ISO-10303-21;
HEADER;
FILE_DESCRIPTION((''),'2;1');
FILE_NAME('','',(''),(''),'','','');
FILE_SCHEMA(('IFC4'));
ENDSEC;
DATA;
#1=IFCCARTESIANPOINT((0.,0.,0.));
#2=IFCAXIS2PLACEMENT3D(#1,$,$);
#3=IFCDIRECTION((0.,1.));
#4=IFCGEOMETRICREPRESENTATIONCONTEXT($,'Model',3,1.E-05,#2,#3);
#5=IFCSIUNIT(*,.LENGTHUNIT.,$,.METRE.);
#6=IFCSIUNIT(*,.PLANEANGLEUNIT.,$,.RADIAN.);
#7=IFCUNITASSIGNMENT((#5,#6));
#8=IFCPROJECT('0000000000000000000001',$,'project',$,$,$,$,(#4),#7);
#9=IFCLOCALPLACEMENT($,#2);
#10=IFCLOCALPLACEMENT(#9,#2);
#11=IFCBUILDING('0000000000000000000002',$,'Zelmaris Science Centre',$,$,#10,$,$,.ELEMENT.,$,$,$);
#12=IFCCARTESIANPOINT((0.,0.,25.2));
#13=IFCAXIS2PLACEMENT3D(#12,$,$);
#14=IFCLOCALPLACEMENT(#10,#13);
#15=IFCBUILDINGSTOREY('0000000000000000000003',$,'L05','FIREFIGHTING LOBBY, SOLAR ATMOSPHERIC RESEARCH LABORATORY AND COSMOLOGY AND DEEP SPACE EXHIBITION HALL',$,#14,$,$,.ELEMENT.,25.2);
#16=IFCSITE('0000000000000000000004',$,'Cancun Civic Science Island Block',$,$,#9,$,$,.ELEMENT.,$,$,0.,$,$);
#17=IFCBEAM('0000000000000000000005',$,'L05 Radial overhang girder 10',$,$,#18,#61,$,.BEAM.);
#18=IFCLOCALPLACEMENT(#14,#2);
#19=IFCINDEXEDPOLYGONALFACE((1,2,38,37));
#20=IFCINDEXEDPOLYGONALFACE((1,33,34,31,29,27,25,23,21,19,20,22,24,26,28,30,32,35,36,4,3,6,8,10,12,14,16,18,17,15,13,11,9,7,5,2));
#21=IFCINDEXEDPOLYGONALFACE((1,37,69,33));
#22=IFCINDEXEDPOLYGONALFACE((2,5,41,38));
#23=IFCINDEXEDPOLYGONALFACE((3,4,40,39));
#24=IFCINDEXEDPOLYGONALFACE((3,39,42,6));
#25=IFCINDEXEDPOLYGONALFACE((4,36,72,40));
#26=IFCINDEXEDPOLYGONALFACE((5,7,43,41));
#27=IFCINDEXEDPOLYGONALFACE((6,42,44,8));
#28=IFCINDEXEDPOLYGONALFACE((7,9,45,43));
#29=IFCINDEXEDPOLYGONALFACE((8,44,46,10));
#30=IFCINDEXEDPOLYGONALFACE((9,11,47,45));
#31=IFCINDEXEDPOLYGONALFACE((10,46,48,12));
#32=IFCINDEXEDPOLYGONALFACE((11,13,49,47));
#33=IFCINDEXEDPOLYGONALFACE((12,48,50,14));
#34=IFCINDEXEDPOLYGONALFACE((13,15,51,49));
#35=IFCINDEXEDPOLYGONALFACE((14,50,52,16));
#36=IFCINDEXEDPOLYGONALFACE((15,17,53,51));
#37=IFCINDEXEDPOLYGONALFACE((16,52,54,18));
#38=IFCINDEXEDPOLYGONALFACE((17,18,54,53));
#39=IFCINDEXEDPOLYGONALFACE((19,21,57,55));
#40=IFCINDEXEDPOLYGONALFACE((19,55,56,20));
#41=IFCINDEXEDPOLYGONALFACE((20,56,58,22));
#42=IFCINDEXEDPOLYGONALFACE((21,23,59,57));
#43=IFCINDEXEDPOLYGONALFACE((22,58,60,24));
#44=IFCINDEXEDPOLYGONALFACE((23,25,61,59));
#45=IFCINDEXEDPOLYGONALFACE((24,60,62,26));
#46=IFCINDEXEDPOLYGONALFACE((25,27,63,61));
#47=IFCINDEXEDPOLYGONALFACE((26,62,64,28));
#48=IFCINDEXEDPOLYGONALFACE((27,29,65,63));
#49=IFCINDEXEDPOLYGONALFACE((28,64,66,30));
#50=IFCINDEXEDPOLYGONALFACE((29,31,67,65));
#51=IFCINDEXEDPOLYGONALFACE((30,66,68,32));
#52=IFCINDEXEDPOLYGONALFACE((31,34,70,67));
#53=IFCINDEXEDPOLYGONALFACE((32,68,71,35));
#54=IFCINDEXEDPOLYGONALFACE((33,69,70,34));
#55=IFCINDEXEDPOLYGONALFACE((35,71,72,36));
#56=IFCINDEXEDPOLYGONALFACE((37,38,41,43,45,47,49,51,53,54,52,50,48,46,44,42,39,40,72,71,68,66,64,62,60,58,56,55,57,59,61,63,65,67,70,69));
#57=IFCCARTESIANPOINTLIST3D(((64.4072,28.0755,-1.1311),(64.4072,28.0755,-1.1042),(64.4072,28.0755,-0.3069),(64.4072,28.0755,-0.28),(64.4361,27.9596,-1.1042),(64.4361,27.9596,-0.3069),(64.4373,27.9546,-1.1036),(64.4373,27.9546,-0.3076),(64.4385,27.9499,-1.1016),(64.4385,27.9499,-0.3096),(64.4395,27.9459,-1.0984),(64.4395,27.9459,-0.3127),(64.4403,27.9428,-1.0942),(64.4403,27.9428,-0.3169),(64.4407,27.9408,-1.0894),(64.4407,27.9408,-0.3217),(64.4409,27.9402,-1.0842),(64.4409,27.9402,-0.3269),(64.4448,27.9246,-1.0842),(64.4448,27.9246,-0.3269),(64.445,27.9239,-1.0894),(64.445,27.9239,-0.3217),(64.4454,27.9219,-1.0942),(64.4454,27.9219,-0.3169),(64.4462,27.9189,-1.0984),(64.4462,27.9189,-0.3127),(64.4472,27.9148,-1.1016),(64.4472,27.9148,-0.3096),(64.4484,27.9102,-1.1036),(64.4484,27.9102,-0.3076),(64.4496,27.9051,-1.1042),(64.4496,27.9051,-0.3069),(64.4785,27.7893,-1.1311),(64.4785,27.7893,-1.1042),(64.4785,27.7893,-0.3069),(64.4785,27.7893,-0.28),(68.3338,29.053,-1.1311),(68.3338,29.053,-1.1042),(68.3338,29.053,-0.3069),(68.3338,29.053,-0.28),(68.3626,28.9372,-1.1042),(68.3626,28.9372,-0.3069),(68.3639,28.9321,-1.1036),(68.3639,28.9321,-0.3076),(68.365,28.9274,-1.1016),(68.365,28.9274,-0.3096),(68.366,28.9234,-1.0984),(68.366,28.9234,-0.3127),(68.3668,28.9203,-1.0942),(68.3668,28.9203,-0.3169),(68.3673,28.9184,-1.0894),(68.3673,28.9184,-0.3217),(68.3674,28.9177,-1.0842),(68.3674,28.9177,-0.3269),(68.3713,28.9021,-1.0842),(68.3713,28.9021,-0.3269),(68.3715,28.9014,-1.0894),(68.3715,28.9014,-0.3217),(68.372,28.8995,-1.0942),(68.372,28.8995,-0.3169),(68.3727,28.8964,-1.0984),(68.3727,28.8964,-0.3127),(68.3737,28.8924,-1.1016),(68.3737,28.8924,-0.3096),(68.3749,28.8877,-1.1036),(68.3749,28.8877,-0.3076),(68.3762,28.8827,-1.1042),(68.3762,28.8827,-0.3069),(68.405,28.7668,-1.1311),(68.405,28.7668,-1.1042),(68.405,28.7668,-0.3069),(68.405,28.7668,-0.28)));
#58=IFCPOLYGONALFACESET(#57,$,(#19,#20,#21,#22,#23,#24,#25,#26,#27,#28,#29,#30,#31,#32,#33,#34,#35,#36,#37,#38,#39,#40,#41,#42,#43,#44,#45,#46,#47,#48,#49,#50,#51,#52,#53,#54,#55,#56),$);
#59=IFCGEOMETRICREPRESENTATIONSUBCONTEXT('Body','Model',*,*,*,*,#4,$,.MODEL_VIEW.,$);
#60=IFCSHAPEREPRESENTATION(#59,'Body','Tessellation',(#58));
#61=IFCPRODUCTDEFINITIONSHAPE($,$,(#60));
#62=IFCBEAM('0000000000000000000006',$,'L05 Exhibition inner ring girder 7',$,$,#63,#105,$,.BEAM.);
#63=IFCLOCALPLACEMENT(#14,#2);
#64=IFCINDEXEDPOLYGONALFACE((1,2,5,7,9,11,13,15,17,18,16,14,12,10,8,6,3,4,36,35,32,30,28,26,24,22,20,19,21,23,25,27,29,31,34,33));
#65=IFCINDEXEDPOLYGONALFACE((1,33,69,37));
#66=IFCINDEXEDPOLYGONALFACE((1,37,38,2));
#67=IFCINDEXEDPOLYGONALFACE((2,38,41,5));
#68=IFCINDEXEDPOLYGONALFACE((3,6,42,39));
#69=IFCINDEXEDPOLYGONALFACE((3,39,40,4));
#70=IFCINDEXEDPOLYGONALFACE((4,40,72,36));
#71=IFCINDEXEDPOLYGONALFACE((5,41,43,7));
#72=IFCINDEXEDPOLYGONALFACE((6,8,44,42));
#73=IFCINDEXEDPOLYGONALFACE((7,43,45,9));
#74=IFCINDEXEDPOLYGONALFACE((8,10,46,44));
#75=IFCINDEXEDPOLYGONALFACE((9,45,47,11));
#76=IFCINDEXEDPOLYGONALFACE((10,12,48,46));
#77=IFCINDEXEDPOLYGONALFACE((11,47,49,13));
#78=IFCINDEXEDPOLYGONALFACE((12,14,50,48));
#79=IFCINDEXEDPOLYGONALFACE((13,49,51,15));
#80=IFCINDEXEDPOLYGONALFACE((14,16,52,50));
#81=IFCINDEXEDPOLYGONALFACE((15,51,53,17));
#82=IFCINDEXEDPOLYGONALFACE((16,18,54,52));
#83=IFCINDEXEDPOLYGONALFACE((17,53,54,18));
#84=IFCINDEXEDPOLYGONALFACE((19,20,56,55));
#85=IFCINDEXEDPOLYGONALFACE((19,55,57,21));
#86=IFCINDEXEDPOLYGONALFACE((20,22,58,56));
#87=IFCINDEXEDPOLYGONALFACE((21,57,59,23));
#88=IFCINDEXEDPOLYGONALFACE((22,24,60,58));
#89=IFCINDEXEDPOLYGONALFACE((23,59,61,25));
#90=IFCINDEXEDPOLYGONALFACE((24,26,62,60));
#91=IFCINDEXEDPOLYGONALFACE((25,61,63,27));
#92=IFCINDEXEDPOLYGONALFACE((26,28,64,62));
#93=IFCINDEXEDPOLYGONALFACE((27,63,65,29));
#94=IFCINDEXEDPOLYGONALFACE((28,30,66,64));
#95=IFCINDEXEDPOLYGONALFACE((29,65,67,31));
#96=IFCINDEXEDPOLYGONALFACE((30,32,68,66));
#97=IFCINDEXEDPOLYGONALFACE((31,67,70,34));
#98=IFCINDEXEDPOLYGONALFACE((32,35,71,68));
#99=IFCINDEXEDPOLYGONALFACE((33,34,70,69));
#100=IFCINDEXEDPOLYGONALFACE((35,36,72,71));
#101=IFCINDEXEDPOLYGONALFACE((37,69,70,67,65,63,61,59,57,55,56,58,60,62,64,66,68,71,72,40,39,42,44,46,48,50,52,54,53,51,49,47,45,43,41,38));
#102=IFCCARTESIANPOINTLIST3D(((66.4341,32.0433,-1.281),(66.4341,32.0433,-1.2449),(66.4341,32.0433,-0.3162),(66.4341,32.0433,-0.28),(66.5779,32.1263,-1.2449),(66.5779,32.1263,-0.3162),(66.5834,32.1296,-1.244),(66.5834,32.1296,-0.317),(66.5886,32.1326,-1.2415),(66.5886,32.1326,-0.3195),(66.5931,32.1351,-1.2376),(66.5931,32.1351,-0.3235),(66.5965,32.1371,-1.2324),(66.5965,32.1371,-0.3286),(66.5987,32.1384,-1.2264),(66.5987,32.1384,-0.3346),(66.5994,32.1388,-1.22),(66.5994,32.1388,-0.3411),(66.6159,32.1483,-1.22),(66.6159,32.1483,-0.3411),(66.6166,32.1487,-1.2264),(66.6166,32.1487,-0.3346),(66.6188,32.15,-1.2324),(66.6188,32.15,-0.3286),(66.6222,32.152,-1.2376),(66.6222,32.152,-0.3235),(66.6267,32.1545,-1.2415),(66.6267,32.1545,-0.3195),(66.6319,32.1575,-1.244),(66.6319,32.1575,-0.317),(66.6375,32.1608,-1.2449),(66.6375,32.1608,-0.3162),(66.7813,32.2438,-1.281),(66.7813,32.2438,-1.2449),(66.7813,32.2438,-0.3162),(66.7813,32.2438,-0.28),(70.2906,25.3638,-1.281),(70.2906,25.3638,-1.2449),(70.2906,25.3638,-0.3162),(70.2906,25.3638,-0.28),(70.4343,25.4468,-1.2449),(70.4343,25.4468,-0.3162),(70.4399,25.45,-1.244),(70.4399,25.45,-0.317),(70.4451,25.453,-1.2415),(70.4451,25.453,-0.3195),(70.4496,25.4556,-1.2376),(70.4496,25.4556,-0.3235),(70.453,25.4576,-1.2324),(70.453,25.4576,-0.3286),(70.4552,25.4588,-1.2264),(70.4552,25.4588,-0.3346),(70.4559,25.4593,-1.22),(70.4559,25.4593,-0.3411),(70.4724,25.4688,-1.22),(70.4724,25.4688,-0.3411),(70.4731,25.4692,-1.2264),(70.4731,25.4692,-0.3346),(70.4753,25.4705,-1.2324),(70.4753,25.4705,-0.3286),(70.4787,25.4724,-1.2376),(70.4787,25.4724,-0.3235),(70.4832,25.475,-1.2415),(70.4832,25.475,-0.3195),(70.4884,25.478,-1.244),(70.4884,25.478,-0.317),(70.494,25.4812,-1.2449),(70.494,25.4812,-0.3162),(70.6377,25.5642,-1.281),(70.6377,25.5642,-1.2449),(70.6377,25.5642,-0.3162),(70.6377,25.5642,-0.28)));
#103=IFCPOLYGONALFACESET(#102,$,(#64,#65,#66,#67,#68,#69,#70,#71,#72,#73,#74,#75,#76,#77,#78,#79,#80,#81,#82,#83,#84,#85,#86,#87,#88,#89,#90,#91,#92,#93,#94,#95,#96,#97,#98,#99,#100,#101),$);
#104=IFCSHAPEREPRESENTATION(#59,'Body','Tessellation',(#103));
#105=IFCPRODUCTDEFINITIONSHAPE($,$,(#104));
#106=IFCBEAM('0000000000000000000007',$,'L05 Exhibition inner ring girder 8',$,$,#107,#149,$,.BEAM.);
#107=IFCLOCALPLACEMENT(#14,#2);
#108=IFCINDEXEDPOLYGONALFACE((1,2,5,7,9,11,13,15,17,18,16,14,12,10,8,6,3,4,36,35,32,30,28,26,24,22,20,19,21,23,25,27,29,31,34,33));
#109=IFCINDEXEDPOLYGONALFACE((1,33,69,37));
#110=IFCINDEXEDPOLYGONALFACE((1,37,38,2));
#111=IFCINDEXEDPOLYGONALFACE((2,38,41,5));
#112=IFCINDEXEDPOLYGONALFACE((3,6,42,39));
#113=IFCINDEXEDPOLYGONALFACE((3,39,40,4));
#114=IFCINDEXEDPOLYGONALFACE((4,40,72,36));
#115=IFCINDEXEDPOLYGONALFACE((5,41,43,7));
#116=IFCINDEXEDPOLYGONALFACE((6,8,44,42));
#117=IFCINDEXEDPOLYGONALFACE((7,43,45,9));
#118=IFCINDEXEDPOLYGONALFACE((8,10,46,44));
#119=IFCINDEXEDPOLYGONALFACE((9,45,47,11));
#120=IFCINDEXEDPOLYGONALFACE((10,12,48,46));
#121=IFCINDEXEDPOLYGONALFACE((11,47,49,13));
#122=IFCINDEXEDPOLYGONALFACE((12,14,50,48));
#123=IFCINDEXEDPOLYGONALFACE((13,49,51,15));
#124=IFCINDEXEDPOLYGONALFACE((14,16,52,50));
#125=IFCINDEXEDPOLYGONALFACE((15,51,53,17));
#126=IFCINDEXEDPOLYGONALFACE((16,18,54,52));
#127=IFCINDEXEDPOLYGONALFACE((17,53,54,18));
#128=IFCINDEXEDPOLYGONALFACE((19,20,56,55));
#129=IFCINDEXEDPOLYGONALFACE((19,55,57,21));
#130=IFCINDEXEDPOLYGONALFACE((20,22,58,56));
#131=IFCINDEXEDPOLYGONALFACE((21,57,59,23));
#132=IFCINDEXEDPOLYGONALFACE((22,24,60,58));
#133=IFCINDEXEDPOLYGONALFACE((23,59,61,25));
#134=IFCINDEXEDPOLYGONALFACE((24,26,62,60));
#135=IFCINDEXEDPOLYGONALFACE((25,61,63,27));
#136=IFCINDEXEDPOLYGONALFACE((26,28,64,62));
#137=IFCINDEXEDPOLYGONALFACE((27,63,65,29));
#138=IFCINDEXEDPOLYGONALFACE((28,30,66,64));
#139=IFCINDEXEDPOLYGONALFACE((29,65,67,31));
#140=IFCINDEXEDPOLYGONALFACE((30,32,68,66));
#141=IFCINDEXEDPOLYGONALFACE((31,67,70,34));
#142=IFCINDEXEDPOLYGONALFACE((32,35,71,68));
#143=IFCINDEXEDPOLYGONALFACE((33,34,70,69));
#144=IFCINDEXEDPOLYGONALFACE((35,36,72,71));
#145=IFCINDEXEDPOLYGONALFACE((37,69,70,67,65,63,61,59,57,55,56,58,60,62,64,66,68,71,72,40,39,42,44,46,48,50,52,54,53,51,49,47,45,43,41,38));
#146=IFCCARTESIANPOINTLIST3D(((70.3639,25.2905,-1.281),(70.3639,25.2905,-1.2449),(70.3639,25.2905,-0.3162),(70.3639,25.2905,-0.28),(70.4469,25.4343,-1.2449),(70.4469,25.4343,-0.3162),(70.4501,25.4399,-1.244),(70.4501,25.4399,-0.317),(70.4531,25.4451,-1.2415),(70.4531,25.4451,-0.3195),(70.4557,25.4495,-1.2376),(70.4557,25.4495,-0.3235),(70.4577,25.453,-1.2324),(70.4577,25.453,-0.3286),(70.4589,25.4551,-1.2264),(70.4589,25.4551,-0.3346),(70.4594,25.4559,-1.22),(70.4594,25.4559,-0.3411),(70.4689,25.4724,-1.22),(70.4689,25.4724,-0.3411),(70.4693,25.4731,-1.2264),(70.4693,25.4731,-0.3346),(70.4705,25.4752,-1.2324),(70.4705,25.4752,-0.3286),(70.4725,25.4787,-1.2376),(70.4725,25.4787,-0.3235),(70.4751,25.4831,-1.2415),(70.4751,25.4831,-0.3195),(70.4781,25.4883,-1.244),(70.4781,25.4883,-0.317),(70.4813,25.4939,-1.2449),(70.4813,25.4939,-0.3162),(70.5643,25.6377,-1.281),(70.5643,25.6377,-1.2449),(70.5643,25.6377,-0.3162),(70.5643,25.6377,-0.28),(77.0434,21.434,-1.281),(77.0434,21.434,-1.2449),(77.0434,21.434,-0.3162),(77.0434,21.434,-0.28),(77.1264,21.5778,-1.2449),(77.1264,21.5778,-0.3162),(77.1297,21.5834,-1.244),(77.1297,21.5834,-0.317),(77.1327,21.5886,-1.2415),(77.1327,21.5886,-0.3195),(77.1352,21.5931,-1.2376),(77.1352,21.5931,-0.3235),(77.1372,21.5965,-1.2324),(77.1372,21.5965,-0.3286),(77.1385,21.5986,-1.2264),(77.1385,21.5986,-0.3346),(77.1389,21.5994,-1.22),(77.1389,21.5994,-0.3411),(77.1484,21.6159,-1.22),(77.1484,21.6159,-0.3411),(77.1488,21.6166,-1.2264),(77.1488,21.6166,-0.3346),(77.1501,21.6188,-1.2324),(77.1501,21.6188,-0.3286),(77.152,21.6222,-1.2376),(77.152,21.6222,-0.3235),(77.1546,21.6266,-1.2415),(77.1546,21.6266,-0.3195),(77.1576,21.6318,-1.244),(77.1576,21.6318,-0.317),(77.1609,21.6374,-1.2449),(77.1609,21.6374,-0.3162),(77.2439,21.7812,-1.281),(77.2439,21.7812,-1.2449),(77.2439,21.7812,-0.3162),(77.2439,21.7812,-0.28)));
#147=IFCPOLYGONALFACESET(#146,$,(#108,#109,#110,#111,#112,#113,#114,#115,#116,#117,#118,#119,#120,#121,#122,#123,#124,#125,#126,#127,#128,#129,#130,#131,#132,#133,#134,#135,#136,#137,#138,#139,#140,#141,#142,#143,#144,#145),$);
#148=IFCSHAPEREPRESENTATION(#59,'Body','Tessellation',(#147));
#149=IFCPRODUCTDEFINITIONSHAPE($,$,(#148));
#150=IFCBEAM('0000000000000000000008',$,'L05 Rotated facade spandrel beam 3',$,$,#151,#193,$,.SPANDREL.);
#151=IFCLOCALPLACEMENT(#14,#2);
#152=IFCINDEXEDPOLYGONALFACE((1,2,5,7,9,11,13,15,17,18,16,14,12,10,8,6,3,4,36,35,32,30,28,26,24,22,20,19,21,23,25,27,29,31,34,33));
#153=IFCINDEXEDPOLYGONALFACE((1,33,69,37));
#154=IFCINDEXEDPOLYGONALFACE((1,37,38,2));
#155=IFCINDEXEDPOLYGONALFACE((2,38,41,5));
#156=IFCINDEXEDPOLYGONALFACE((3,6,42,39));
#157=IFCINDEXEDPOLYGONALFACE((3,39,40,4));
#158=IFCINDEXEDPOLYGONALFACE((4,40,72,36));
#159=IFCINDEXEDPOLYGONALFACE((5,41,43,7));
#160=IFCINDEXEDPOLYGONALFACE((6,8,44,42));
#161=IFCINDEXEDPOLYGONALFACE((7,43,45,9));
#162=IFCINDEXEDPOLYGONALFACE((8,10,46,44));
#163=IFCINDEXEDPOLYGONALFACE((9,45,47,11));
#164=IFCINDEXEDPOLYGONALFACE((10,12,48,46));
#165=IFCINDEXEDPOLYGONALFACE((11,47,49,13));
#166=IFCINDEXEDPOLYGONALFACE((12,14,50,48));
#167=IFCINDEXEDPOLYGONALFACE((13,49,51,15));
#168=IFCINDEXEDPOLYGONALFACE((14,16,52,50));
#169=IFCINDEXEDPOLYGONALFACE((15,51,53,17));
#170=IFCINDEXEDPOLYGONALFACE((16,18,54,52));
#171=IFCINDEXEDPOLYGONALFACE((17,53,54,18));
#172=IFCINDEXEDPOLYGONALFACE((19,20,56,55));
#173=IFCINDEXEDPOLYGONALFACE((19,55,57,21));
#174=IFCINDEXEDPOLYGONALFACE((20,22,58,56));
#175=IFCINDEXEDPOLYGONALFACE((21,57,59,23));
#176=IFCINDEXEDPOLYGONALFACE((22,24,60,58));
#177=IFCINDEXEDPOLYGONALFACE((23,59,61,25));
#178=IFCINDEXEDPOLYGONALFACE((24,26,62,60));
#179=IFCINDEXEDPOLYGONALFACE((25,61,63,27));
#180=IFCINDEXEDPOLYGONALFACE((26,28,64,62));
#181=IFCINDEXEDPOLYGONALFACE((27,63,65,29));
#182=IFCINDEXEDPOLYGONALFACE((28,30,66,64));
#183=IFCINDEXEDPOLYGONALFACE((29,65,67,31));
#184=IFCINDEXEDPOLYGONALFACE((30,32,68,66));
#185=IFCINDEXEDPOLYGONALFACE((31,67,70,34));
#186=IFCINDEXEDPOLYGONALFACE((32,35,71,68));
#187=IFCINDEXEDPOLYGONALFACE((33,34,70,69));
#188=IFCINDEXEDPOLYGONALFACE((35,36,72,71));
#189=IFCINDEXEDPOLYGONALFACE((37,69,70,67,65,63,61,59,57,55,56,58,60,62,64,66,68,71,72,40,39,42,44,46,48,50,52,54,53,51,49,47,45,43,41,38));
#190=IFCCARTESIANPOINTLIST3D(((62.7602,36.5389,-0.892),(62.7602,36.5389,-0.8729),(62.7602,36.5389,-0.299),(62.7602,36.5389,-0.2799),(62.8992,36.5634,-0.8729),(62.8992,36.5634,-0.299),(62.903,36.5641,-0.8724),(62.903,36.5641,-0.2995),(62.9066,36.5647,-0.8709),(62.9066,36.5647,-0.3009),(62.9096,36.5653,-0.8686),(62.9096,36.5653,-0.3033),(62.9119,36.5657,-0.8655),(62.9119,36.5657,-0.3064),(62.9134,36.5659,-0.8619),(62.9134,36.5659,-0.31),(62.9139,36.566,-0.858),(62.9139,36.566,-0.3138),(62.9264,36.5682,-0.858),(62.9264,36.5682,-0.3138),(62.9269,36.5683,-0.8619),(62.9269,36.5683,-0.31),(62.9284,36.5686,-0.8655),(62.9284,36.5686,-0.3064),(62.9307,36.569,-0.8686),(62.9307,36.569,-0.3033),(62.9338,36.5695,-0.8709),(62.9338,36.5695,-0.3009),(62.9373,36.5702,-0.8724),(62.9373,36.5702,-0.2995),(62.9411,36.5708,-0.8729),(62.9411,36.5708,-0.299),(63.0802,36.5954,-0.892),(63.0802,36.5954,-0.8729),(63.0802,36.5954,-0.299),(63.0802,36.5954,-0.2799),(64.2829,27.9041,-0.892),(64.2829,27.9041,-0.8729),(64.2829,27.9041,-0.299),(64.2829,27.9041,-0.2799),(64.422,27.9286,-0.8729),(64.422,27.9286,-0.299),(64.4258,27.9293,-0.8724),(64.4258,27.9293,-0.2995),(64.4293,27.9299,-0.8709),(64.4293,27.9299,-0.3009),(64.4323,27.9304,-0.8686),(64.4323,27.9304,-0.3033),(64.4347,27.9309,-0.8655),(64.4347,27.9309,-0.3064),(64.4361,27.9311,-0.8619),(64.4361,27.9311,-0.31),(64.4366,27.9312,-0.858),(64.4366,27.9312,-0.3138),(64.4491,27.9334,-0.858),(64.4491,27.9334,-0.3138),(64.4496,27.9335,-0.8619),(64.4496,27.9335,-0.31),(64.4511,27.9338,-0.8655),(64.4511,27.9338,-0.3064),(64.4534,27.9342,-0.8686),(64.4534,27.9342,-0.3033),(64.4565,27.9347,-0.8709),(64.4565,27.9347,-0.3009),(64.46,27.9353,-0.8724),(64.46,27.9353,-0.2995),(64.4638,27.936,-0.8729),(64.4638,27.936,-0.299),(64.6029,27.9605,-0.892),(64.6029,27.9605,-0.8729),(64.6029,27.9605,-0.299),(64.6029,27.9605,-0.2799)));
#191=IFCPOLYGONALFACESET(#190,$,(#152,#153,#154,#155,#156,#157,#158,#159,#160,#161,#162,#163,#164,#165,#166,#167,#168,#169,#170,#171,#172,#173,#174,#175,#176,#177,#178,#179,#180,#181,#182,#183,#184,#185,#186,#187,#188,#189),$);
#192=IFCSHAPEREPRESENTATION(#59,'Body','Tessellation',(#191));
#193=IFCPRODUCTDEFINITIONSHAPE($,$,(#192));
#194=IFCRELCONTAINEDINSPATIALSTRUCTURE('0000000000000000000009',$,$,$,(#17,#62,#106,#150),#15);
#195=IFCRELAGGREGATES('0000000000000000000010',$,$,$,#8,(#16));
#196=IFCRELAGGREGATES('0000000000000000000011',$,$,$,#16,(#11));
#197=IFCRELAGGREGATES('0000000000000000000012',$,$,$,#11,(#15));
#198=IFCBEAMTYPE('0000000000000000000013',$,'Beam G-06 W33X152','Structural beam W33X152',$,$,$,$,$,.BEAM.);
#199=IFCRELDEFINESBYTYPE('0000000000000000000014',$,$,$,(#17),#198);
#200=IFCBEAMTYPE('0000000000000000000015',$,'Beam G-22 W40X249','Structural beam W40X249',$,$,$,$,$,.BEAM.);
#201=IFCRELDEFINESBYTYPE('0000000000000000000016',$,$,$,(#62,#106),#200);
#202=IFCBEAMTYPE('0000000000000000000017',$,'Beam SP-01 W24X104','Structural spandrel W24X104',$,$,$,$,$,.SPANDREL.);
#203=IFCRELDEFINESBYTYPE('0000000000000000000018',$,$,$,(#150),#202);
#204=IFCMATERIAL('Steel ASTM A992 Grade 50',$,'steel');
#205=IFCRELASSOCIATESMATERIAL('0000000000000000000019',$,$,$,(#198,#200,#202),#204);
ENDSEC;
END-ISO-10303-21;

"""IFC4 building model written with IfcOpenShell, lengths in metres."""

from ifc_helpers import new_model, si_unit, direction, frame, origin, origin_2d, place, context, subcontext, project, spatial, i_section, extrude, material, material_profile, profile_set, type_object, element, save


model = new_model("IFC4")

# Units and contexts
model_context = context("Model", 3, precision=1e-05, world=origin(), true_north=direction((0.0, 1.0)))
body_context = subcontext(model_context, "Body", "Model", "MODEL_VIEW")
ifc_project = project(units=[si_unit("LENGTHUNIT", "METRE"), si_unit("PLANEANGLEUNIT", "RADIAN")], contexts=[model_context])

# Site, building, storey
site_placement = place(None, origin())
site = spatial("IfcSite", under=ifc_project, at=site_placement, Name="Cancun Civic Science Island Block", CompositionType="ELEMENT", RefElevation=0.0)
building_placement = place(site_placement, origin())
building = spatial("IfcBuilding", under=site, at=building_placement, Name="Zelmaris Science Centre", CompositionType="ELEMENT")
storey_placement = place(building_placement, frame((0.0, 0.0, 25.2)))
storey = spatial("IfcBuildingStorey", under=building, at=storey_placement, Name="L05", Description="FIREFIGHTING LOBBY, SOLAR ATMOSPHERIC RESEARCH LABORATORY AND COSMOLOGY AND DEEP SPACE EXHIBITION HALL", CompositionType="ELEMENT", Elevation=25.2)

# Shared definitions
ifc_material_1 = material(Name="Steel ASTM A992 Grade 50", Category="steel")

# Beams
ifc_material_profile_1 = material_profile(ifc_material_1, i_section(OverallWidth=0.2949, OverallDepth=0.8511, WebThickness=0.0161, FlangeThickness=0.0269, FilletRadius=0.02, at=origin_2d()), Name="W33X152")
ifc_profile_set_1 = profile_set([ifc_material_profile_1], Name="Steel ASTM A992 Grade 50")
beam_type_1 = type_object("IfcBeamType", Name="Beam G-06 W33X152", Description="Structural beam W33X152", PredefinedType="BEAM", material=ifc_profile_set_1)
beam_1_placement = place(storey_placement, frame((68.3694, 28.9099, -0.7056), z_axis=(-0.97038, -0.241584, 0.0), x_axis=(0.241584, -0.97038, 0.0)))
element("IfcBeam", 1, at=beam_1_placement, inside=storey, type_object=beam_type_1, Name="L05 Radial overhang girder 10", PredefinedType="BEAM", context=body_context, shape_type="SweptSolid", body=[
    extrude(i_section(OverallWidth=0.2949, OverallDepth=0.8511, WebThickness=0.0161, FlangeThickness=0.0269, FilletRadius=0.02, at=origin_2d()), origin(), (0.0, 0.0, 1.0), 4.0464),
])
ifc_material_profile_2 = material_profile(ifc_material_1, i_section(OverallWidth=0.4009, OverallDepth=1.001, WebThickness=0.019, FlangeThickness=0.0361, FilletRadius=0.0249, at=origin_2d()), Name="W40X249")
ifc_profile_set_2 = profile_set([ifc_material_profile_2], Name="Steel ASTM A992 Grade 50")
beam_type_2 = type_object("IfcBeamType", Name="Beam G-22 W40X249", Description="Structural beam W40X249", PredefinedType="BEAM", material=ifc_profile_set_2)
for number, where, z_axis, x_axis, name in (
    (2, (66.6077, 32.1436, -0.7805), (0.500007, -0.866022, 0.0), (0.866022, 0.500007, 0.0), "L05 Exhibition inner ring girder 7"),
    (3, (70.4641, 25.4641, -0.7805), (0.866022, -0.500007, 0.0), (0.500007, 0.866022, 0.0), "L05 Exhibition inner ring girder 8"),
):
    element("IfcBeam", number, at=place(storey_placement, frame(where, z_axis=z_axis, x_axis=x_axis)), inside=storey, type_object=beam_type_2, Name=name, PredefinedType="BEAM", context=body_context, shape_type="SweptSolid", body=[
        extrude(i_section(OverallWidth=0.4009, OverallDepth=1.001, WebThickness=0.019, FlangeThickness=0.0361, FilletRadius=0.0249, at=origin_2d()), origin(), (0.0, 0.0, 1.0), 7.7129),
    ])
ifc_material_profile_3 = material_profile(ifc_material_1, i_section(OverallWidth=0.325, OverallDepth=0.6121, WebThickness=0.0127, FlangeThickness=0.019, FilletRadius=0.0149, at=origin_2d()), Name="W24X104")
ifc_profile_set_3 = profile_set([ifc_material_profile_3], Name="Steel ASTM A992 Grade 50")
beam_type_3 = type_object("IfcBeamType", Name="Beam SP-01 W24X104", Description="Structural spandrel W24X104", PredefinedType="SPANDREL", material=ifc_profile_set_3)
beam_2_placement = place(storey_placement, frame((62.9202, 36.5671, -0.5859), z_axis=(0.173666, -0.984805, 0.0), x_axis=(0.984805, 0.173666, 0.0)))
element("IfcBeam", 4, at=beam_2_placement, inside=storey, type_object=beam_type_3, Name="L05 Rotated facade spandrel beam 3", PredefinedType="SPANDREL", context=body_context, shape_type="SweptSolid", body=[
    extrude(i_section(OverallWidth=0.325, OverallDepth=0.6121, WebThickness=0.0127, FlangeThickness=0.019, FilletRadius=0.0149, at=origin_2d()), origin(), (0.0, 0.0, 1.0), 8.7681),
])

save(model, "model.ifc")
